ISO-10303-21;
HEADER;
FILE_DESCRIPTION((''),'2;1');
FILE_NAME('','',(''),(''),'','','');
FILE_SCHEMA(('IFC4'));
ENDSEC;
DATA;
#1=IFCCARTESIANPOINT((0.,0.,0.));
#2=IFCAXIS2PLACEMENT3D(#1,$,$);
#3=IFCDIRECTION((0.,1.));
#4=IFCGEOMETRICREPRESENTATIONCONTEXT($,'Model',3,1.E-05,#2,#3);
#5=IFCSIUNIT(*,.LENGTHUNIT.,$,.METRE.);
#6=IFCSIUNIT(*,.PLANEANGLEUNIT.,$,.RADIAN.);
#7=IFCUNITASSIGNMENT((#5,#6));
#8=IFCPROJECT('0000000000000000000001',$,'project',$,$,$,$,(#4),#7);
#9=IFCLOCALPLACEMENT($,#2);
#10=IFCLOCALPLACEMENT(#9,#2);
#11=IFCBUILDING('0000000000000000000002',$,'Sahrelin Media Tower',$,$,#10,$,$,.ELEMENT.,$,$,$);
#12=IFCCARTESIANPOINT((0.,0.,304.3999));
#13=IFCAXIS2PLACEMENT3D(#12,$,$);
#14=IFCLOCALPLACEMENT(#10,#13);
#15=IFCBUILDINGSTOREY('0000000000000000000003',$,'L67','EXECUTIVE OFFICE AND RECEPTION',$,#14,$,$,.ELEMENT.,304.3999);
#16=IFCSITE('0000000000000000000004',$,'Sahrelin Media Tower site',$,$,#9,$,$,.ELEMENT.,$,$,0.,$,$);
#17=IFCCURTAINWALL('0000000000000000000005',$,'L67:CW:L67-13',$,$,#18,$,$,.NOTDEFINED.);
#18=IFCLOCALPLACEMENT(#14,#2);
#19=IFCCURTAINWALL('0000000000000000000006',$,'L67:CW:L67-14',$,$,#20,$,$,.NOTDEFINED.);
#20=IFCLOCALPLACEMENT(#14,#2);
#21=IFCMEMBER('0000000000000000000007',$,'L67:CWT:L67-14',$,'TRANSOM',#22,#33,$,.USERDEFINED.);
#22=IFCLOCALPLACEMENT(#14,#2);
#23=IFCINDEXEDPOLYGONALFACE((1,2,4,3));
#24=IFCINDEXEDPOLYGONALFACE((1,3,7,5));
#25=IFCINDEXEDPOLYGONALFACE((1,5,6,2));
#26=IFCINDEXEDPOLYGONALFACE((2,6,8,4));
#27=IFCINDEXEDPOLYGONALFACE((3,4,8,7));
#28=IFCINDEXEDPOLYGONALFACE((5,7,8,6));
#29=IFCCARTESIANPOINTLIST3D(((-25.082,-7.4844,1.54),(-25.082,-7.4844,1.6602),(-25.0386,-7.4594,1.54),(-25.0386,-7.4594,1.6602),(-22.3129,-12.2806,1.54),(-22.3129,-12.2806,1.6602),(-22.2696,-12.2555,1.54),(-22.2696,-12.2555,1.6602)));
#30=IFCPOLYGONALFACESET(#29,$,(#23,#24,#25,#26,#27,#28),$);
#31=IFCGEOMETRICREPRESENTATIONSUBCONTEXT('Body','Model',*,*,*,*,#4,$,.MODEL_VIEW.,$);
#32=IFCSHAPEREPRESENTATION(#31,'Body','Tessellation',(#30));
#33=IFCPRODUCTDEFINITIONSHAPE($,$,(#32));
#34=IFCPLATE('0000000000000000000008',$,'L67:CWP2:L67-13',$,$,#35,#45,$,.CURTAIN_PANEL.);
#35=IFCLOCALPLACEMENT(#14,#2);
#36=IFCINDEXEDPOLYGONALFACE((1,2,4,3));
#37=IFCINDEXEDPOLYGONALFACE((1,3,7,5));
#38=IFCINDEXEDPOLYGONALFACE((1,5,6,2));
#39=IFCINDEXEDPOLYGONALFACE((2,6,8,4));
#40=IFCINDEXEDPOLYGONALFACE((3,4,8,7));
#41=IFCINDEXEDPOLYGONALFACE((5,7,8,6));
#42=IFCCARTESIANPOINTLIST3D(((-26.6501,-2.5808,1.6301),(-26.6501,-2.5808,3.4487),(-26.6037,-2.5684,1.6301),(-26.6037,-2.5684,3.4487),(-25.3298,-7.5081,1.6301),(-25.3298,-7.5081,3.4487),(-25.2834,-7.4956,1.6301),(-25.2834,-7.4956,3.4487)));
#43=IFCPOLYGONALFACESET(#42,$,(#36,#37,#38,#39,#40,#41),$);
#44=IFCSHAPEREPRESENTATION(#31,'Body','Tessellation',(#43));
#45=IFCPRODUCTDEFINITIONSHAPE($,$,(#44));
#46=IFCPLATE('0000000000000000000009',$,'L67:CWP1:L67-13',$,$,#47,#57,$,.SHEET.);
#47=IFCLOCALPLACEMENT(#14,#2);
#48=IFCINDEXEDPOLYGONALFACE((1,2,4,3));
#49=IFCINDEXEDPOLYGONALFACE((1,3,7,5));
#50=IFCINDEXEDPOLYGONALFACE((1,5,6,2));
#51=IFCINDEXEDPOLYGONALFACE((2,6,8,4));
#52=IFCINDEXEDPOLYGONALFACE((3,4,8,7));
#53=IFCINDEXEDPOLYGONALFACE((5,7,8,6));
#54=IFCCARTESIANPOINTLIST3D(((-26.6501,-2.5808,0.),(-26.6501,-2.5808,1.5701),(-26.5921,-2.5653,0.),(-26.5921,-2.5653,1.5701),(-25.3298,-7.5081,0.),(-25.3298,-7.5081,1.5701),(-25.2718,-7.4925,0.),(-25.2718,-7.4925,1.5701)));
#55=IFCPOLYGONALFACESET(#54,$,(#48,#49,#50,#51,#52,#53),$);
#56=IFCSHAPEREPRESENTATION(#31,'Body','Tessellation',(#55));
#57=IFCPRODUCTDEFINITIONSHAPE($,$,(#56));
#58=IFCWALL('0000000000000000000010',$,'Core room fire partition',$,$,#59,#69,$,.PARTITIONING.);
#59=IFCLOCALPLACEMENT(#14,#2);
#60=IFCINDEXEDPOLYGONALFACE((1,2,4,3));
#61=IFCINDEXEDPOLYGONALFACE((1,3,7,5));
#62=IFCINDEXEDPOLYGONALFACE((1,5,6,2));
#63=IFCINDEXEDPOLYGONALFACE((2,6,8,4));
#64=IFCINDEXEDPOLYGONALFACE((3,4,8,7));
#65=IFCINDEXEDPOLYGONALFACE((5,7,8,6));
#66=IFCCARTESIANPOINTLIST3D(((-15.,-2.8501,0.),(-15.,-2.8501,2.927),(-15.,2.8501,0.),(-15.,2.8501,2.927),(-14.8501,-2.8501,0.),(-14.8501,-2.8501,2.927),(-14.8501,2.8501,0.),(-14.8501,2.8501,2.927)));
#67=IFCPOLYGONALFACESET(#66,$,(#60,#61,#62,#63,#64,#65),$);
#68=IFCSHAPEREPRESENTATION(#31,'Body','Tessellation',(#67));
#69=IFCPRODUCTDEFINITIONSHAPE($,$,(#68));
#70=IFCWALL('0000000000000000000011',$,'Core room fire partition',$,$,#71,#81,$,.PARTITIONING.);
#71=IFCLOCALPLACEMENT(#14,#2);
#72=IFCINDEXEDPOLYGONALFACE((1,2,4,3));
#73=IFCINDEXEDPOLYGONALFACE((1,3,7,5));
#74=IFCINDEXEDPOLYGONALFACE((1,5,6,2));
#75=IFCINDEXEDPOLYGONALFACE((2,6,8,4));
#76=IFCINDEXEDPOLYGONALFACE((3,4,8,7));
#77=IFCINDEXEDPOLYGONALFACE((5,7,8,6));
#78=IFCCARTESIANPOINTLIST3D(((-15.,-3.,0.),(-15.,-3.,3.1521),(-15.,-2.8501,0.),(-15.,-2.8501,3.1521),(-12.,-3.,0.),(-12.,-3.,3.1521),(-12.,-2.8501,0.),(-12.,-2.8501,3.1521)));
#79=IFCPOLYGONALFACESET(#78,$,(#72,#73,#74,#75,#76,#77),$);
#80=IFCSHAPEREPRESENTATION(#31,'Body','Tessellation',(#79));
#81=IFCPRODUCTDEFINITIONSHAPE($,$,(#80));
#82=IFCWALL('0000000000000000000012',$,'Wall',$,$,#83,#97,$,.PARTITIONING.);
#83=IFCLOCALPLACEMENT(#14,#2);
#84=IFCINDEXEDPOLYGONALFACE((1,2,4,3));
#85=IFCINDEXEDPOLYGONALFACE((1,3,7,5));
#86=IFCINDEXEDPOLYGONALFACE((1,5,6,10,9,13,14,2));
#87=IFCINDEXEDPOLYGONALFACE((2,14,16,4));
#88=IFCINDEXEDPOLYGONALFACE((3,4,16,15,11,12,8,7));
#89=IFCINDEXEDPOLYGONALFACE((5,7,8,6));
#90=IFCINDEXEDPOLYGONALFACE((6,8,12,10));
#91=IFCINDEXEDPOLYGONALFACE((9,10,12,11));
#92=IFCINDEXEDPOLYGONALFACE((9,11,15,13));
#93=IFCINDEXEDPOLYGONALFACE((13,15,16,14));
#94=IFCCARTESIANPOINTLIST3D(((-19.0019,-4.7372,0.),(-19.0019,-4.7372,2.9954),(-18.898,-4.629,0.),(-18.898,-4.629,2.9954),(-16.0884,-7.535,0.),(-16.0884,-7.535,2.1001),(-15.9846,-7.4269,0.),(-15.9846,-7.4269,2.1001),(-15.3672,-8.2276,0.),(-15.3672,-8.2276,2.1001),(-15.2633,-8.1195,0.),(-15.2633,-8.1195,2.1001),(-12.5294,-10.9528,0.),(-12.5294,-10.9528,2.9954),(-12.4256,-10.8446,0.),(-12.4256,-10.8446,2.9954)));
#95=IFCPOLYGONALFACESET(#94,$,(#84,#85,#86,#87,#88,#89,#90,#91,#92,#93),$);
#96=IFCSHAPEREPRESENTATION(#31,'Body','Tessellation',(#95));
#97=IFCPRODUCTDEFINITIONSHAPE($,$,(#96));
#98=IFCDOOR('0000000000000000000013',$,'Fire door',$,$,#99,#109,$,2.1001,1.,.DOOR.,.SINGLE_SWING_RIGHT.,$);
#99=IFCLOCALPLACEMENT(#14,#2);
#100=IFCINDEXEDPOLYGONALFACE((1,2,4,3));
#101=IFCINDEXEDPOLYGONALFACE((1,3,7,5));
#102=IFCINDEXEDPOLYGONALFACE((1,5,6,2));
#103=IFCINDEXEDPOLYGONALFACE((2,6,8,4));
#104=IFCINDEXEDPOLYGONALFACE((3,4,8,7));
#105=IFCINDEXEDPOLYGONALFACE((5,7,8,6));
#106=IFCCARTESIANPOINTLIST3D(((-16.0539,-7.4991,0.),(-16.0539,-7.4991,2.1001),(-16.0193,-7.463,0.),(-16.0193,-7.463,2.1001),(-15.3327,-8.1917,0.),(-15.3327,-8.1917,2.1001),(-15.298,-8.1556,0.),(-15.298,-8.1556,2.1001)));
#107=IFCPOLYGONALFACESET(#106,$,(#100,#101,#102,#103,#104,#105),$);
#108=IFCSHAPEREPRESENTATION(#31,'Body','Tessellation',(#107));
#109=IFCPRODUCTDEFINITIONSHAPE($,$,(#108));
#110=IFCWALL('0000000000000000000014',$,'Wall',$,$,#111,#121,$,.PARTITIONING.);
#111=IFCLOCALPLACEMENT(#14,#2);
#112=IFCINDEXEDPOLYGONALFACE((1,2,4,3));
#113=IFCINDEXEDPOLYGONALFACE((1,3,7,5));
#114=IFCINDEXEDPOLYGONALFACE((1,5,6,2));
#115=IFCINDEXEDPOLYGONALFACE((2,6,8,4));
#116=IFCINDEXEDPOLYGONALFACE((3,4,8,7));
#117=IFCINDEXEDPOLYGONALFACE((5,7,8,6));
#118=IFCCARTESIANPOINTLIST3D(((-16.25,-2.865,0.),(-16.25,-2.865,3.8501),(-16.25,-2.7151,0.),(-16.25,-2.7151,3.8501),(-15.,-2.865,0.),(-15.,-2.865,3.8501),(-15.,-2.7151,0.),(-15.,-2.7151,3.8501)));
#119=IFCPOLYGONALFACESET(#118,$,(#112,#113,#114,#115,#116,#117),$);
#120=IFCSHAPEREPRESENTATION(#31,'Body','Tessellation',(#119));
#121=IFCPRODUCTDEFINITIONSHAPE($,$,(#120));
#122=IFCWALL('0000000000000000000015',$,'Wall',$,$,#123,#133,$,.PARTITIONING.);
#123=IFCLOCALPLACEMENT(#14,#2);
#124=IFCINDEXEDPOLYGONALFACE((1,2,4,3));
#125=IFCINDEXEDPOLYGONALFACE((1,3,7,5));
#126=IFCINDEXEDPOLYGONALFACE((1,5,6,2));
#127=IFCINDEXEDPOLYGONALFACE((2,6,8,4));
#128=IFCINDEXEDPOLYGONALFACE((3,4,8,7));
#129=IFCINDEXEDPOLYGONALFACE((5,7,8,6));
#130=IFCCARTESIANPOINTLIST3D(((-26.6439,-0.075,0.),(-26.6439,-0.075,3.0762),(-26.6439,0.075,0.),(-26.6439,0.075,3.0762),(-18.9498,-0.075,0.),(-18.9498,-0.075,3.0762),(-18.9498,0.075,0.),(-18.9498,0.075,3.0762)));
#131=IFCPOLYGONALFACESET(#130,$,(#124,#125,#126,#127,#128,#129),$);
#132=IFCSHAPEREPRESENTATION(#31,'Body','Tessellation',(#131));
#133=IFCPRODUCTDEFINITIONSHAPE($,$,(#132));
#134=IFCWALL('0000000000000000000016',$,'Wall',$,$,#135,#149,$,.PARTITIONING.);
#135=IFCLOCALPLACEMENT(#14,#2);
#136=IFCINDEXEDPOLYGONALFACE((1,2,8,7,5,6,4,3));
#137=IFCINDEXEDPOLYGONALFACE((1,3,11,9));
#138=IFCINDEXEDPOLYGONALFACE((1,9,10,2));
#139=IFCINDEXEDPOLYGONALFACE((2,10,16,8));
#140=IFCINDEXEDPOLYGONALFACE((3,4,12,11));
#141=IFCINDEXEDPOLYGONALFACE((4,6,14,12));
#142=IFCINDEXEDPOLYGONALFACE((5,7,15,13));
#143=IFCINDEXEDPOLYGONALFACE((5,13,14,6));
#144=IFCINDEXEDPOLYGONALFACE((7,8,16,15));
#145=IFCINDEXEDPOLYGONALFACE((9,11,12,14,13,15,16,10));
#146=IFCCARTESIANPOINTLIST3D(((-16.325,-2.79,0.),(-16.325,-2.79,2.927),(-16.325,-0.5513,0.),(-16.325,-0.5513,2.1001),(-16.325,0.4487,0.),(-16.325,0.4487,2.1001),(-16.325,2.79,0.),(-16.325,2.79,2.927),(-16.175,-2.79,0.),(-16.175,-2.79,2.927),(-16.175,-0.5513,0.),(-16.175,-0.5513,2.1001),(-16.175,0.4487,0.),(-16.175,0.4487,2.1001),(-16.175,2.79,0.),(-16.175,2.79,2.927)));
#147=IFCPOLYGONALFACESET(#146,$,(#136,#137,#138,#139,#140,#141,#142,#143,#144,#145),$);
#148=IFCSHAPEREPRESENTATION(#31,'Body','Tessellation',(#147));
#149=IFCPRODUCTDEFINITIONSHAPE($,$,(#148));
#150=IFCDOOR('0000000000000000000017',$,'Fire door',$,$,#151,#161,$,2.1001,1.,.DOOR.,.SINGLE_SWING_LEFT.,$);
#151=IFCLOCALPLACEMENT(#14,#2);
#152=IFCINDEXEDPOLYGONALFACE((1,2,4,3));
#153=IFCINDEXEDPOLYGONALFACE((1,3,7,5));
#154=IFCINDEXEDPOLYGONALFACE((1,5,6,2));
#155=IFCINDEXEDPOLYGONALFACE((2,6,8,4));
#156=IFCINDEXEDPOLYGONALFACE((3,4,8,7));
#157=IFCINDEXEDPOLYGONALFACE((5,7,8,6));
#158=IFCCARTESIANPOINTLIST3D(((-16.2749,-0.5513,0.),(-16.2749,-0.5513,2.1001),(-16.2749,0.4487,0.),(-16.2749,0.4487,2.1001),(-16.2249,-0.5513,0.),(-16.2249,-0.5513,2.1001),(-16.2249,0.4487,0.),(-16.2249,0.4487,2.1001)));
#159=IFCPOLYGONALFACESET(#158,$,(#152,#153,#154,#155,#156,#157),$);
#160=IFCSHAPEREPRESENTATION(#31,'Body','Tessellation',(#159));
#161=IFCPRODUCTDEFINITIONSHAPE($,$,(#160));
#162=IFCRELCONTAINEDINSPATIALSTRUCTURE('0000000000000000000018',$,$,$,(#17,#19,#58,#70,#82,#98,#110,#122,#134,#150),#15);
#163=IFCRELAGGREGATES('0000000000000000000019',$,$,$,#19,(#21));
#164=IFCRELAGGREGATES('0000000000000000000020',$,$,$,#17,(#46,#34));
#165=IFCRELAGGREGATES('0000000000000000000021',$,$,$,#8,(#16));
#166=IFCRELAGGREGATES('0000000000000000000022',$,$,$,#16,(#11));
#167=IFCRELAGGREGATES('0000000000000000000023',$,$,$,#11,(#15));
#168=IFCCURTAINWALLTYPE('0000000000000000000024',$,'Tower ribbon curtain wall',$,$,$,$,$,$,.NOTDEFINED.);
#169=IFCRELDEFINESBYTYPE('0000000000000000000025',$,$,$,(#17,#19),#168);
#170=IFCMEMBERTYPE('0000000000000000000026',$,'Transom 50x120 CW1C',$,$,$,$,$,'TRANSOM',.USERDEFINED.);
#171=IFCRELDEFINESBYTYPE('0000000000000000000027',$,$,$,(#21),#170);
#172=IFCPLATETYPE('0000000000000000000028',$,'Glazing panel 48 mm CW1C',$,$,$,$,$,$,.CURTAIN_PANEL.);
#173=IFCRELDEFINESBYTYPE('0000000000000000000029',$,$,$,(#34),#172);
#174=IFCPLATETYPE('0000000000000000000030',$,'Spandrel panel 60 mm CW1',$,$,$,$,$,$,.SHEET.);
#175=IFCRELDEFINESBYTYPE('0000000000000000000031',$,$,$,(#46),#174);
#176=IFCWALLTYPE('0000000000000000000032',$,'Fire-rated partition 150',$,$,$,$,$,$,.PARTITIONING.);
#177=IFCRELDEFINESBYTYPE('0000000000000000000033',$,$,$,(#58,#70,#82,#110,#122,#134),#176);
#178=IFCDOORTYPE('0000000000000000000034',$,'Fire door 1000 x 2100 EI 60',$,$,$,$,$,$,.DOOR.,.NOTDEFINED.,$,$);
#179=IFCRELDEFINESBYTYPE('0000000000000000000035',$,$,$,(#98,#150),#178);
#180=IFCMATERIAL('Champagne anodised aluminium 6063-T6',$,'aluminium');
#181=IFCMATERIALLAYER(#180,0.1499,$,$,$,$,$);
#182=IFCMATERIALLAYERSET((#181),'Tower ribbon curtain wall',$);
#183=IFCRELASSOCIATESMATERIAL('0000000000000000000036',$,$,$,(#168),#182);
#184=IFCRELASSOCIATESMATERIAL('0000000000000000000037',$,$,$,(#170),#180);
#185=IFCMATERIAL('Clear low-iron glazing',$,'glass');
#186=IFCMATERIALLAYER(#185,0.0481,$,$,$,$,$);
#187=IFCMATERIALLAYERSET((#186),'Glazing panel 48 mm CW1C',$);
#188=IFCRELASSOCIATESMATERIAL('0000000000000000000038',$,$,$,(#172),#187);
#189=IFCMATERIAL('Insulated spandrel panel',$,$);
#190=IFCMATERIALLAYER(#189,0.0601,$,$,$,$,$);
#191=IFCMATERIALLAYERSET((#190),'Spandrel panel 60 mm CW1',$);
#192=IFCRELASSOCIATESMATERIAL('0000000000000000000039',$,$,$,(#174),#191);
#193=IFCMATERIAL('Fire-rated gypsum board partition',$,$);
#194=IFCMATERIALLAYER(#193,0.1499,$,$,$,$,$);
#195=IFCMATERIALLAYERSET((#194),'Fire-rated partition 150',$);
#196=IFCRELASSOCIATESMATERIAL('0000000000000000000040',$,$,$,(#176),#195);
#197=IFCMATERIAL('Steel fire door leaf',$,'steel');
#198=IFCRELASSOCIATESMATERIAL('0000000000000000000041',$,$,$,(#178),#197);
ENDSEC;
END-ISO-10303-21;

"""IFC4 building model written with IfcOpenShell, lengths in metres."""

from ifc_helpers import new_model, si_unit, direction, frame, frame_2d, origin, origin_2d, place, context, subcontext, project, spatial, polyline, rectangle, outline, extrude, material, layer, layer_set, material_profile, profile_set, type_object, element, fill, aggregate, save


model = new_model("IFC4")

# Units and contexts
model_context = context("Model", 3, precision=1e-05, world=origin(), true_north=direction((0.0, 1.0)))
body_context = subcontext(model_context, "Body", "Model", "MODEL_VIEW")
ifc_project = project(units=[si_unit("LENGTHUNIT", "METRE"), si_unit("PLANEANGLEUNIT", "RADIAN")], contexts=[model_context])

# Site, building, storey
site_placement = place(None, origin())
site = spatial("IfcSite", under=ifc_project, at=site_placement, Name="Sahrelin Media Tower site", CompositionType="ELEMENT", RefElevation=0.0)
building_placement = place(site_placement, origin())
building = spatial("IfcBuilding", under=site, at=building_placement, Name="Sahrelin Media Tower", CompositionType="ELEMENT")
storey_placement = place(building_placement, frame((0.0, 0.0, 304.3999)))
storey = spatial("IfcBuildingStorey", under=building, at=storey_placement, Name="L67", Description="EXECUTIVE OFFICE AND RECEPTION", CompositionType="ELEMENT", Elevation=304.3999)

# Curtain wall
ifc_material_1 = material(Name="Champagne anodised aluminium 6063-T6", Category="aluminium")
ifc_layer_1 = layer(ifc_material_1, 0.1499)
ifc_layer_set_1 = layer_set([ifc_layer_1], Name="Tower ribbon curtain wall")
curtain_wall_type = type_object("IfcCurtainWallType", Name="Tower ribbon curtain wall", PredefinedType="NOTDEFINED", material=ifc_layer_set_1)
curtain_wall_1_placement = place(storey_placement, frame((-25.9707, -5.0393, 0.0), z_axis=(0.0, 0.0, 1.0), x_axis=(1.0, 0.0, 0.0)))
curtain_wall_1 = element("IfcCurtainWall", 1, at=curtain_wall_1_placement, inside=storey, type_object=curtain_wall_type, Name="L67:CW:L67-13", PredefinedType="NOTDEFINED")

# Shared definitions
ifc_material_profile_1 = material_profile(ifc_material_1, rectangle(XDim=0.05, YDim=0.1201, at=origin_2d()), Name="Transom 50x120")
ifc_profile_set_1 = profile_set([ifc_material_profile_1], Name="Champagne anodised aluminium 6063-T6")
member_type_1 = type_object("IfcMemberType", Name="Transom 50x120 CW1C", ElementType="TRANSOM", PredefinedType="USERDEFINED", material=ifc_profile_set_1)

# Curtain wall, member
curtain_wall_2_placement = place(storey_placement, frame((-23.8882, -9.9924, 0.0), z_axis=(0.0, 0.0, 1.0), x_axis=(1.0, 0.0, 0.0)))
curtain_wall_2 = element("IfcCurtainWall", 2, at=curtain_wall_2_placement, inside=storey, type_object=curtain_wall_type, Name="L67:CW:L67-14", PredefinedType="NOTDEFINED")
member_1_placement = place(storey_placement, frame((-25.0603, -7.4719, 1.6001), z_axis=(0.499998, -0.866026, 0.0), x_axis=(0.866026, 0.499998, 0.0)))
member_1 = element("IfcMember", 3, at=member_1_placement, type_object=member_type_1, Name="L67:CWT:L67-14", ObjectType="TRANSOM", PredefinedType="USERDEFINED", context=body_context, shape_type="SweptSolid", body=[
    extrude(rectangle(XDim=0.05, YDim=0.1201, at=origin_2d()), origin(), (0.0, 0.0, 1.0), 5.5381),
])
aggregate(curtain_wall_2, [member_1])

# Plates
ifc_material_2 = material(Name="Clear low-iron glazing", Category="glass")
ifc_layer_2 = layer(ifc_material_2, 0.0481)
ifc_layer_set_2 = layer_set([ifc_layer_2], Name="Glazing panel 48 mm CW1C")
plate_type_1 = type_object("IfcPlateType", Name="Glazing panel 48 mm CW1C", PredefinedType="CURTAIN_PANEL", material=ifc_layer_set_2)
plate_1_placement = place(storey_placement, frame((-26.6501, -2.5808, 1.6301), z_axis=(-0.965923, -0.25883, 0.0), x_axis=(0.25883, -0.965923, 0.0)))
plate_1 = element("IfcPlate", 4, at=plate_1_placement, type_object=plate_type_1, Name="L67:CWP2:L67-13", PredefinedType="CURTAIN_PANEL", context=body_context, shape_type="SweptSolid", body=[
    extrude(outline(polyline([(0.0, 0.0), (5.1011, 0.0), (5.1011, 1.8186), (0.0, 1.8186), (0.0, 0.0)])), origin(), (0.0, 0.0, -1.0), 0.0481),
])
ifc_material_3 = material(Name="Insulated spandrel panel")
ifc_layer_3 = layer(ifc_material_3, 0.0601)
ifc_layer_set_3 = layer_set([ifc_layer_3], Name="Spandrel panel 60 mm CW1")
plate_type_2 = type_object("IfcPlateType", Name="Spandrel panel 60 mm CW1", PredefinedType="SHEET", material=ifc_layer_set_3)
plate_2_placement = place(storey_placement, frame((-26.6501, -2.5808, 0.0), z_axis=(-0.965923, -0.25883, 0.0), x_axis=(0.25883, -0.965923, 0.0)))
plate_2 = element("IfcPlate", 5, at=plate_2_placement, type_object=plate_type_2, Name="L67:CWP1:L67-13", PredefinedType="SHEET", context=body_context, shape_type="SweptSolid", body=[
    extrude(outline(polyline([(0.0, 0.0), (5.1011, 0.0), (5.1011, 1.5701), (0.0, 1.5701), (0.0, 0.0)])), origin(), (0.0, 0.0, -1.0), 0.0601),
])
aggregate(curtain_wall_1, [plate_2, plate_1])

# Walls
ifc_material_4 = material(Name="Fire-rated gypsum board partition")
ifc_layer_4 = layer(ifc_material_4, 0.1499)
ifc_layer_set_4 = layer_set([ifc_layer_4], Name="Fire-rated partition 150")
wall_type_1 = type_object("IfcWallType", Name="Fire-rated partition 150", PredefinedType="PARTITIONING", material=ifc_layer_set_4)
wall_1_placement = place(storey_placement, frame((-14.925, -2.8501, 0.0), z_axis=(0.0, 0.0, 1.0), x_axis=(0.0, 1.0, 0.0)))
element("IfcWall", 6, at=wall_1_placement, inside=storey, type_object=wall_type_1, Name="Core room fire partition", PredefinedType="PARTITIONING", context=body_context, shape_type="SweptSolid", body=[
    extrude(rectangle(XDim=5.7002, YDim=0.1499, at=frame_2d((2.8501, 0.0))), origin(), (0.0, 0.0, 1.0), 2.927),
])
wall_2_placement = place(storey_placement, frame((-15.0, -2.925, 0.0), z_axis=(0.0, 0.0, 1.0), x_axis=(1.0, 0.0, 0.0)))
element("IfcWall", 7, at=wall_2_placement, inside=storey, type_object=wall_type_1, Name="Core room fire partition", PredefinedType="PARTITIONING", context=body_context, shape_type="SweptSolid", body=[
    extrude(rectangle(XDim=3.0, YDim=0.1499, at=frame_2d((1.5, 0.0))), origin(), (0.0, 0.0, 1.0), 3.1521),
])

# Wall, opening, door
wall_3_placement = place(storey_placement, frame((-18.95, -4.6831, 0.0), z_axis=(0.0, 0.0, 1.0), x_axis=(0.721273, -0.692651, 0.0)))
wall_3 = element("IfcWall", 8, at=wall_3_placement, inside=storey, type_object=wall_type_1, Name="Wall", PredefinedType="PARTITIONING", context=body_context, shape_type="SweptSolid", body=[
    extrude(rectangle(XDim=8.9736, YDim=0.1499, at=frame_2d((4.4868, 0.0))), origin(), (0.0, 0.0, 1.0), 2.9954),
])
opening_1_placement = place(wall_3_placement, frame((4.0393, 0.0, 0.0)))
opening_1 = element("IfcOpeningElement", 9, at=opening_1_placement, cuts=wall_3, PredefinedType="OPENING", context=body_context, shape_type="SweptSolid", body=[
    extrude(rectangle(XDim=1.0, YDim=2.1001, at=frame_2d((0.5, 1.05))), frame((0.0, 0.075, 0.0), z_axis=(0.0, -1.0, 0.0), x_axis=(1.0, 0.0, 0.0)), (0.0, 0.0, 1.0), 0.1499),
])
ifc_material_5 = material(Name="Steel fire door leaf", Category="steel")
door_type = type_object("IfcDoorType", Name="Fire door 1000 x 2100 EI 60", OperationType="NOTDEFINED", PredefinedType="DOOR", material=ifc_material_5)
door_1_placement = place(opening_1_placement, origin())
door_1 = element("IfcDoor", 10, at=door_1_placement, inside=storey, type_object=door_type, Name="Fire door", OperationType="SINGLE_SWING_RIGHT", OverallHeight=2.1001, OverallWidth=1.0, PredefinedType="DOOR", context=body_context, shape_type="SweptSolid", body=[
    extrude(rectangle(XDim=1.0, YDim=2.1001, at=frame_2d((0.5, 1.05))), frame((0.0, 0.0249, 0.0), z_axis=(0.0, -1.0, 0.0), x_axis=(1.0, 0.0, 0.0)), (0.0, 0.0, 1.0), 0.05),
])
fill(opening_1, door_1)

# Walls
wall_4_placement = place(storey_placement, frame((-16.25, -2.79, 0.0), z_axis=(0.0, 0.0, 1.0), x_axis=(1.0, 0.0, 0.0)))
element("IfcWall", 11, at=wall_4_placement, inside=storey, type_object=wall_type_1, Name="Wall", PredefinedType="PARTITIONING", context=body_context, shape_type="SweptSolid", body=[
    extrude(rectangle(XDim=1.25, YDim=0.1499, at=frame_2d((0.625, 0.0))), origin(), (0.0, 0.0, 1.0), 3.8501),
])
wall_5_placement = place(storey_placement, frame((-26.644, 0.0, 0.0), z_axis=(0.0, 0.0, 1.0), x_axis=(1.0, 0.0, 0.0)))
element("IfcWall", 12, at=wall_5_placement, inside=storey, type_object=wall_type_1, Name="Wall", PredefinedType="PARTITIONING", context=body_context, shape_type="SweptSolid", body=[
    extrude(rectangle(XDim=7.6941, YDim=0.1499, at=frame_2d((3.8472, 0.0))), origin(), (0.0, 0.0, 1.0), 3.0762),
])

# Wall, opening, door
wall_6_placement = place(storey_placement, frame((-16.25, -2.79, 0.0), z_axis=(0.0, 0.0, 1.0), x_axis=(0.0, 1.0, 0.0)))
wall_6 = element("IfcWall", 13, at=wall_6_placement, inside=storey, type_object=wall_type_1, Name="Wall", PredefinedType="PARTITIONING", context=body_context, shape_type="SweptSolid", body=[
    extrude(rectangle(XDim=5.5801, YDim=0.1499, at=frame_2d((2.79, 0.0))), origin(), (0.0, 0.0, 1.0), 2.927),
])
opening_2_placement = place(wall_6_placement, frame((2.2388, 0.0, 0.0)))
opening_2 = element("IfcOpeningElement", 14, at=opening_2_placement, cuts=wall_6, PredefinedType="OPENING", context=body_context, shape_type="SweptSolid", body=[
    extrude(rectangle(XDim=1.0, YDim=2.1001, at=frame_2d((0.5, 1.05))), frame((0.0, 0.075, 0.0), z_axis=(0.0, -1.0, 0.0), x_axis=(1.0, 0.0, 0.0)), (0.0, 0.0, 1.0), 0.1499),
])
door_2_placement = place(opening_2_placement, origin())
door_2 = element("IfcDoor", 15, at=door_2_placement, inside=storey, type_object=door_type, Name="Fire door", OperationType="SINGLE_SWING_LEFT", OverallHeight=2.1001, OverallWidth=1.0, PredefinedType="DOOR", context=body_context, shape_type="SweptSolid", body=[
    extrude(rectangle(XDim=1.0, YDim=2.1001, at=frame_2d((0.5, 1.05))), frame((0.0, 0.0249, 0.0), z_axis=(0.0, -1.0, 0.0), x_axis=(1.0, 0.0, 0.0)), (0.0, 0.0, 1.0), 0.05),
])
fill(opening_2, door_2)

save(model, "model.ifc")
